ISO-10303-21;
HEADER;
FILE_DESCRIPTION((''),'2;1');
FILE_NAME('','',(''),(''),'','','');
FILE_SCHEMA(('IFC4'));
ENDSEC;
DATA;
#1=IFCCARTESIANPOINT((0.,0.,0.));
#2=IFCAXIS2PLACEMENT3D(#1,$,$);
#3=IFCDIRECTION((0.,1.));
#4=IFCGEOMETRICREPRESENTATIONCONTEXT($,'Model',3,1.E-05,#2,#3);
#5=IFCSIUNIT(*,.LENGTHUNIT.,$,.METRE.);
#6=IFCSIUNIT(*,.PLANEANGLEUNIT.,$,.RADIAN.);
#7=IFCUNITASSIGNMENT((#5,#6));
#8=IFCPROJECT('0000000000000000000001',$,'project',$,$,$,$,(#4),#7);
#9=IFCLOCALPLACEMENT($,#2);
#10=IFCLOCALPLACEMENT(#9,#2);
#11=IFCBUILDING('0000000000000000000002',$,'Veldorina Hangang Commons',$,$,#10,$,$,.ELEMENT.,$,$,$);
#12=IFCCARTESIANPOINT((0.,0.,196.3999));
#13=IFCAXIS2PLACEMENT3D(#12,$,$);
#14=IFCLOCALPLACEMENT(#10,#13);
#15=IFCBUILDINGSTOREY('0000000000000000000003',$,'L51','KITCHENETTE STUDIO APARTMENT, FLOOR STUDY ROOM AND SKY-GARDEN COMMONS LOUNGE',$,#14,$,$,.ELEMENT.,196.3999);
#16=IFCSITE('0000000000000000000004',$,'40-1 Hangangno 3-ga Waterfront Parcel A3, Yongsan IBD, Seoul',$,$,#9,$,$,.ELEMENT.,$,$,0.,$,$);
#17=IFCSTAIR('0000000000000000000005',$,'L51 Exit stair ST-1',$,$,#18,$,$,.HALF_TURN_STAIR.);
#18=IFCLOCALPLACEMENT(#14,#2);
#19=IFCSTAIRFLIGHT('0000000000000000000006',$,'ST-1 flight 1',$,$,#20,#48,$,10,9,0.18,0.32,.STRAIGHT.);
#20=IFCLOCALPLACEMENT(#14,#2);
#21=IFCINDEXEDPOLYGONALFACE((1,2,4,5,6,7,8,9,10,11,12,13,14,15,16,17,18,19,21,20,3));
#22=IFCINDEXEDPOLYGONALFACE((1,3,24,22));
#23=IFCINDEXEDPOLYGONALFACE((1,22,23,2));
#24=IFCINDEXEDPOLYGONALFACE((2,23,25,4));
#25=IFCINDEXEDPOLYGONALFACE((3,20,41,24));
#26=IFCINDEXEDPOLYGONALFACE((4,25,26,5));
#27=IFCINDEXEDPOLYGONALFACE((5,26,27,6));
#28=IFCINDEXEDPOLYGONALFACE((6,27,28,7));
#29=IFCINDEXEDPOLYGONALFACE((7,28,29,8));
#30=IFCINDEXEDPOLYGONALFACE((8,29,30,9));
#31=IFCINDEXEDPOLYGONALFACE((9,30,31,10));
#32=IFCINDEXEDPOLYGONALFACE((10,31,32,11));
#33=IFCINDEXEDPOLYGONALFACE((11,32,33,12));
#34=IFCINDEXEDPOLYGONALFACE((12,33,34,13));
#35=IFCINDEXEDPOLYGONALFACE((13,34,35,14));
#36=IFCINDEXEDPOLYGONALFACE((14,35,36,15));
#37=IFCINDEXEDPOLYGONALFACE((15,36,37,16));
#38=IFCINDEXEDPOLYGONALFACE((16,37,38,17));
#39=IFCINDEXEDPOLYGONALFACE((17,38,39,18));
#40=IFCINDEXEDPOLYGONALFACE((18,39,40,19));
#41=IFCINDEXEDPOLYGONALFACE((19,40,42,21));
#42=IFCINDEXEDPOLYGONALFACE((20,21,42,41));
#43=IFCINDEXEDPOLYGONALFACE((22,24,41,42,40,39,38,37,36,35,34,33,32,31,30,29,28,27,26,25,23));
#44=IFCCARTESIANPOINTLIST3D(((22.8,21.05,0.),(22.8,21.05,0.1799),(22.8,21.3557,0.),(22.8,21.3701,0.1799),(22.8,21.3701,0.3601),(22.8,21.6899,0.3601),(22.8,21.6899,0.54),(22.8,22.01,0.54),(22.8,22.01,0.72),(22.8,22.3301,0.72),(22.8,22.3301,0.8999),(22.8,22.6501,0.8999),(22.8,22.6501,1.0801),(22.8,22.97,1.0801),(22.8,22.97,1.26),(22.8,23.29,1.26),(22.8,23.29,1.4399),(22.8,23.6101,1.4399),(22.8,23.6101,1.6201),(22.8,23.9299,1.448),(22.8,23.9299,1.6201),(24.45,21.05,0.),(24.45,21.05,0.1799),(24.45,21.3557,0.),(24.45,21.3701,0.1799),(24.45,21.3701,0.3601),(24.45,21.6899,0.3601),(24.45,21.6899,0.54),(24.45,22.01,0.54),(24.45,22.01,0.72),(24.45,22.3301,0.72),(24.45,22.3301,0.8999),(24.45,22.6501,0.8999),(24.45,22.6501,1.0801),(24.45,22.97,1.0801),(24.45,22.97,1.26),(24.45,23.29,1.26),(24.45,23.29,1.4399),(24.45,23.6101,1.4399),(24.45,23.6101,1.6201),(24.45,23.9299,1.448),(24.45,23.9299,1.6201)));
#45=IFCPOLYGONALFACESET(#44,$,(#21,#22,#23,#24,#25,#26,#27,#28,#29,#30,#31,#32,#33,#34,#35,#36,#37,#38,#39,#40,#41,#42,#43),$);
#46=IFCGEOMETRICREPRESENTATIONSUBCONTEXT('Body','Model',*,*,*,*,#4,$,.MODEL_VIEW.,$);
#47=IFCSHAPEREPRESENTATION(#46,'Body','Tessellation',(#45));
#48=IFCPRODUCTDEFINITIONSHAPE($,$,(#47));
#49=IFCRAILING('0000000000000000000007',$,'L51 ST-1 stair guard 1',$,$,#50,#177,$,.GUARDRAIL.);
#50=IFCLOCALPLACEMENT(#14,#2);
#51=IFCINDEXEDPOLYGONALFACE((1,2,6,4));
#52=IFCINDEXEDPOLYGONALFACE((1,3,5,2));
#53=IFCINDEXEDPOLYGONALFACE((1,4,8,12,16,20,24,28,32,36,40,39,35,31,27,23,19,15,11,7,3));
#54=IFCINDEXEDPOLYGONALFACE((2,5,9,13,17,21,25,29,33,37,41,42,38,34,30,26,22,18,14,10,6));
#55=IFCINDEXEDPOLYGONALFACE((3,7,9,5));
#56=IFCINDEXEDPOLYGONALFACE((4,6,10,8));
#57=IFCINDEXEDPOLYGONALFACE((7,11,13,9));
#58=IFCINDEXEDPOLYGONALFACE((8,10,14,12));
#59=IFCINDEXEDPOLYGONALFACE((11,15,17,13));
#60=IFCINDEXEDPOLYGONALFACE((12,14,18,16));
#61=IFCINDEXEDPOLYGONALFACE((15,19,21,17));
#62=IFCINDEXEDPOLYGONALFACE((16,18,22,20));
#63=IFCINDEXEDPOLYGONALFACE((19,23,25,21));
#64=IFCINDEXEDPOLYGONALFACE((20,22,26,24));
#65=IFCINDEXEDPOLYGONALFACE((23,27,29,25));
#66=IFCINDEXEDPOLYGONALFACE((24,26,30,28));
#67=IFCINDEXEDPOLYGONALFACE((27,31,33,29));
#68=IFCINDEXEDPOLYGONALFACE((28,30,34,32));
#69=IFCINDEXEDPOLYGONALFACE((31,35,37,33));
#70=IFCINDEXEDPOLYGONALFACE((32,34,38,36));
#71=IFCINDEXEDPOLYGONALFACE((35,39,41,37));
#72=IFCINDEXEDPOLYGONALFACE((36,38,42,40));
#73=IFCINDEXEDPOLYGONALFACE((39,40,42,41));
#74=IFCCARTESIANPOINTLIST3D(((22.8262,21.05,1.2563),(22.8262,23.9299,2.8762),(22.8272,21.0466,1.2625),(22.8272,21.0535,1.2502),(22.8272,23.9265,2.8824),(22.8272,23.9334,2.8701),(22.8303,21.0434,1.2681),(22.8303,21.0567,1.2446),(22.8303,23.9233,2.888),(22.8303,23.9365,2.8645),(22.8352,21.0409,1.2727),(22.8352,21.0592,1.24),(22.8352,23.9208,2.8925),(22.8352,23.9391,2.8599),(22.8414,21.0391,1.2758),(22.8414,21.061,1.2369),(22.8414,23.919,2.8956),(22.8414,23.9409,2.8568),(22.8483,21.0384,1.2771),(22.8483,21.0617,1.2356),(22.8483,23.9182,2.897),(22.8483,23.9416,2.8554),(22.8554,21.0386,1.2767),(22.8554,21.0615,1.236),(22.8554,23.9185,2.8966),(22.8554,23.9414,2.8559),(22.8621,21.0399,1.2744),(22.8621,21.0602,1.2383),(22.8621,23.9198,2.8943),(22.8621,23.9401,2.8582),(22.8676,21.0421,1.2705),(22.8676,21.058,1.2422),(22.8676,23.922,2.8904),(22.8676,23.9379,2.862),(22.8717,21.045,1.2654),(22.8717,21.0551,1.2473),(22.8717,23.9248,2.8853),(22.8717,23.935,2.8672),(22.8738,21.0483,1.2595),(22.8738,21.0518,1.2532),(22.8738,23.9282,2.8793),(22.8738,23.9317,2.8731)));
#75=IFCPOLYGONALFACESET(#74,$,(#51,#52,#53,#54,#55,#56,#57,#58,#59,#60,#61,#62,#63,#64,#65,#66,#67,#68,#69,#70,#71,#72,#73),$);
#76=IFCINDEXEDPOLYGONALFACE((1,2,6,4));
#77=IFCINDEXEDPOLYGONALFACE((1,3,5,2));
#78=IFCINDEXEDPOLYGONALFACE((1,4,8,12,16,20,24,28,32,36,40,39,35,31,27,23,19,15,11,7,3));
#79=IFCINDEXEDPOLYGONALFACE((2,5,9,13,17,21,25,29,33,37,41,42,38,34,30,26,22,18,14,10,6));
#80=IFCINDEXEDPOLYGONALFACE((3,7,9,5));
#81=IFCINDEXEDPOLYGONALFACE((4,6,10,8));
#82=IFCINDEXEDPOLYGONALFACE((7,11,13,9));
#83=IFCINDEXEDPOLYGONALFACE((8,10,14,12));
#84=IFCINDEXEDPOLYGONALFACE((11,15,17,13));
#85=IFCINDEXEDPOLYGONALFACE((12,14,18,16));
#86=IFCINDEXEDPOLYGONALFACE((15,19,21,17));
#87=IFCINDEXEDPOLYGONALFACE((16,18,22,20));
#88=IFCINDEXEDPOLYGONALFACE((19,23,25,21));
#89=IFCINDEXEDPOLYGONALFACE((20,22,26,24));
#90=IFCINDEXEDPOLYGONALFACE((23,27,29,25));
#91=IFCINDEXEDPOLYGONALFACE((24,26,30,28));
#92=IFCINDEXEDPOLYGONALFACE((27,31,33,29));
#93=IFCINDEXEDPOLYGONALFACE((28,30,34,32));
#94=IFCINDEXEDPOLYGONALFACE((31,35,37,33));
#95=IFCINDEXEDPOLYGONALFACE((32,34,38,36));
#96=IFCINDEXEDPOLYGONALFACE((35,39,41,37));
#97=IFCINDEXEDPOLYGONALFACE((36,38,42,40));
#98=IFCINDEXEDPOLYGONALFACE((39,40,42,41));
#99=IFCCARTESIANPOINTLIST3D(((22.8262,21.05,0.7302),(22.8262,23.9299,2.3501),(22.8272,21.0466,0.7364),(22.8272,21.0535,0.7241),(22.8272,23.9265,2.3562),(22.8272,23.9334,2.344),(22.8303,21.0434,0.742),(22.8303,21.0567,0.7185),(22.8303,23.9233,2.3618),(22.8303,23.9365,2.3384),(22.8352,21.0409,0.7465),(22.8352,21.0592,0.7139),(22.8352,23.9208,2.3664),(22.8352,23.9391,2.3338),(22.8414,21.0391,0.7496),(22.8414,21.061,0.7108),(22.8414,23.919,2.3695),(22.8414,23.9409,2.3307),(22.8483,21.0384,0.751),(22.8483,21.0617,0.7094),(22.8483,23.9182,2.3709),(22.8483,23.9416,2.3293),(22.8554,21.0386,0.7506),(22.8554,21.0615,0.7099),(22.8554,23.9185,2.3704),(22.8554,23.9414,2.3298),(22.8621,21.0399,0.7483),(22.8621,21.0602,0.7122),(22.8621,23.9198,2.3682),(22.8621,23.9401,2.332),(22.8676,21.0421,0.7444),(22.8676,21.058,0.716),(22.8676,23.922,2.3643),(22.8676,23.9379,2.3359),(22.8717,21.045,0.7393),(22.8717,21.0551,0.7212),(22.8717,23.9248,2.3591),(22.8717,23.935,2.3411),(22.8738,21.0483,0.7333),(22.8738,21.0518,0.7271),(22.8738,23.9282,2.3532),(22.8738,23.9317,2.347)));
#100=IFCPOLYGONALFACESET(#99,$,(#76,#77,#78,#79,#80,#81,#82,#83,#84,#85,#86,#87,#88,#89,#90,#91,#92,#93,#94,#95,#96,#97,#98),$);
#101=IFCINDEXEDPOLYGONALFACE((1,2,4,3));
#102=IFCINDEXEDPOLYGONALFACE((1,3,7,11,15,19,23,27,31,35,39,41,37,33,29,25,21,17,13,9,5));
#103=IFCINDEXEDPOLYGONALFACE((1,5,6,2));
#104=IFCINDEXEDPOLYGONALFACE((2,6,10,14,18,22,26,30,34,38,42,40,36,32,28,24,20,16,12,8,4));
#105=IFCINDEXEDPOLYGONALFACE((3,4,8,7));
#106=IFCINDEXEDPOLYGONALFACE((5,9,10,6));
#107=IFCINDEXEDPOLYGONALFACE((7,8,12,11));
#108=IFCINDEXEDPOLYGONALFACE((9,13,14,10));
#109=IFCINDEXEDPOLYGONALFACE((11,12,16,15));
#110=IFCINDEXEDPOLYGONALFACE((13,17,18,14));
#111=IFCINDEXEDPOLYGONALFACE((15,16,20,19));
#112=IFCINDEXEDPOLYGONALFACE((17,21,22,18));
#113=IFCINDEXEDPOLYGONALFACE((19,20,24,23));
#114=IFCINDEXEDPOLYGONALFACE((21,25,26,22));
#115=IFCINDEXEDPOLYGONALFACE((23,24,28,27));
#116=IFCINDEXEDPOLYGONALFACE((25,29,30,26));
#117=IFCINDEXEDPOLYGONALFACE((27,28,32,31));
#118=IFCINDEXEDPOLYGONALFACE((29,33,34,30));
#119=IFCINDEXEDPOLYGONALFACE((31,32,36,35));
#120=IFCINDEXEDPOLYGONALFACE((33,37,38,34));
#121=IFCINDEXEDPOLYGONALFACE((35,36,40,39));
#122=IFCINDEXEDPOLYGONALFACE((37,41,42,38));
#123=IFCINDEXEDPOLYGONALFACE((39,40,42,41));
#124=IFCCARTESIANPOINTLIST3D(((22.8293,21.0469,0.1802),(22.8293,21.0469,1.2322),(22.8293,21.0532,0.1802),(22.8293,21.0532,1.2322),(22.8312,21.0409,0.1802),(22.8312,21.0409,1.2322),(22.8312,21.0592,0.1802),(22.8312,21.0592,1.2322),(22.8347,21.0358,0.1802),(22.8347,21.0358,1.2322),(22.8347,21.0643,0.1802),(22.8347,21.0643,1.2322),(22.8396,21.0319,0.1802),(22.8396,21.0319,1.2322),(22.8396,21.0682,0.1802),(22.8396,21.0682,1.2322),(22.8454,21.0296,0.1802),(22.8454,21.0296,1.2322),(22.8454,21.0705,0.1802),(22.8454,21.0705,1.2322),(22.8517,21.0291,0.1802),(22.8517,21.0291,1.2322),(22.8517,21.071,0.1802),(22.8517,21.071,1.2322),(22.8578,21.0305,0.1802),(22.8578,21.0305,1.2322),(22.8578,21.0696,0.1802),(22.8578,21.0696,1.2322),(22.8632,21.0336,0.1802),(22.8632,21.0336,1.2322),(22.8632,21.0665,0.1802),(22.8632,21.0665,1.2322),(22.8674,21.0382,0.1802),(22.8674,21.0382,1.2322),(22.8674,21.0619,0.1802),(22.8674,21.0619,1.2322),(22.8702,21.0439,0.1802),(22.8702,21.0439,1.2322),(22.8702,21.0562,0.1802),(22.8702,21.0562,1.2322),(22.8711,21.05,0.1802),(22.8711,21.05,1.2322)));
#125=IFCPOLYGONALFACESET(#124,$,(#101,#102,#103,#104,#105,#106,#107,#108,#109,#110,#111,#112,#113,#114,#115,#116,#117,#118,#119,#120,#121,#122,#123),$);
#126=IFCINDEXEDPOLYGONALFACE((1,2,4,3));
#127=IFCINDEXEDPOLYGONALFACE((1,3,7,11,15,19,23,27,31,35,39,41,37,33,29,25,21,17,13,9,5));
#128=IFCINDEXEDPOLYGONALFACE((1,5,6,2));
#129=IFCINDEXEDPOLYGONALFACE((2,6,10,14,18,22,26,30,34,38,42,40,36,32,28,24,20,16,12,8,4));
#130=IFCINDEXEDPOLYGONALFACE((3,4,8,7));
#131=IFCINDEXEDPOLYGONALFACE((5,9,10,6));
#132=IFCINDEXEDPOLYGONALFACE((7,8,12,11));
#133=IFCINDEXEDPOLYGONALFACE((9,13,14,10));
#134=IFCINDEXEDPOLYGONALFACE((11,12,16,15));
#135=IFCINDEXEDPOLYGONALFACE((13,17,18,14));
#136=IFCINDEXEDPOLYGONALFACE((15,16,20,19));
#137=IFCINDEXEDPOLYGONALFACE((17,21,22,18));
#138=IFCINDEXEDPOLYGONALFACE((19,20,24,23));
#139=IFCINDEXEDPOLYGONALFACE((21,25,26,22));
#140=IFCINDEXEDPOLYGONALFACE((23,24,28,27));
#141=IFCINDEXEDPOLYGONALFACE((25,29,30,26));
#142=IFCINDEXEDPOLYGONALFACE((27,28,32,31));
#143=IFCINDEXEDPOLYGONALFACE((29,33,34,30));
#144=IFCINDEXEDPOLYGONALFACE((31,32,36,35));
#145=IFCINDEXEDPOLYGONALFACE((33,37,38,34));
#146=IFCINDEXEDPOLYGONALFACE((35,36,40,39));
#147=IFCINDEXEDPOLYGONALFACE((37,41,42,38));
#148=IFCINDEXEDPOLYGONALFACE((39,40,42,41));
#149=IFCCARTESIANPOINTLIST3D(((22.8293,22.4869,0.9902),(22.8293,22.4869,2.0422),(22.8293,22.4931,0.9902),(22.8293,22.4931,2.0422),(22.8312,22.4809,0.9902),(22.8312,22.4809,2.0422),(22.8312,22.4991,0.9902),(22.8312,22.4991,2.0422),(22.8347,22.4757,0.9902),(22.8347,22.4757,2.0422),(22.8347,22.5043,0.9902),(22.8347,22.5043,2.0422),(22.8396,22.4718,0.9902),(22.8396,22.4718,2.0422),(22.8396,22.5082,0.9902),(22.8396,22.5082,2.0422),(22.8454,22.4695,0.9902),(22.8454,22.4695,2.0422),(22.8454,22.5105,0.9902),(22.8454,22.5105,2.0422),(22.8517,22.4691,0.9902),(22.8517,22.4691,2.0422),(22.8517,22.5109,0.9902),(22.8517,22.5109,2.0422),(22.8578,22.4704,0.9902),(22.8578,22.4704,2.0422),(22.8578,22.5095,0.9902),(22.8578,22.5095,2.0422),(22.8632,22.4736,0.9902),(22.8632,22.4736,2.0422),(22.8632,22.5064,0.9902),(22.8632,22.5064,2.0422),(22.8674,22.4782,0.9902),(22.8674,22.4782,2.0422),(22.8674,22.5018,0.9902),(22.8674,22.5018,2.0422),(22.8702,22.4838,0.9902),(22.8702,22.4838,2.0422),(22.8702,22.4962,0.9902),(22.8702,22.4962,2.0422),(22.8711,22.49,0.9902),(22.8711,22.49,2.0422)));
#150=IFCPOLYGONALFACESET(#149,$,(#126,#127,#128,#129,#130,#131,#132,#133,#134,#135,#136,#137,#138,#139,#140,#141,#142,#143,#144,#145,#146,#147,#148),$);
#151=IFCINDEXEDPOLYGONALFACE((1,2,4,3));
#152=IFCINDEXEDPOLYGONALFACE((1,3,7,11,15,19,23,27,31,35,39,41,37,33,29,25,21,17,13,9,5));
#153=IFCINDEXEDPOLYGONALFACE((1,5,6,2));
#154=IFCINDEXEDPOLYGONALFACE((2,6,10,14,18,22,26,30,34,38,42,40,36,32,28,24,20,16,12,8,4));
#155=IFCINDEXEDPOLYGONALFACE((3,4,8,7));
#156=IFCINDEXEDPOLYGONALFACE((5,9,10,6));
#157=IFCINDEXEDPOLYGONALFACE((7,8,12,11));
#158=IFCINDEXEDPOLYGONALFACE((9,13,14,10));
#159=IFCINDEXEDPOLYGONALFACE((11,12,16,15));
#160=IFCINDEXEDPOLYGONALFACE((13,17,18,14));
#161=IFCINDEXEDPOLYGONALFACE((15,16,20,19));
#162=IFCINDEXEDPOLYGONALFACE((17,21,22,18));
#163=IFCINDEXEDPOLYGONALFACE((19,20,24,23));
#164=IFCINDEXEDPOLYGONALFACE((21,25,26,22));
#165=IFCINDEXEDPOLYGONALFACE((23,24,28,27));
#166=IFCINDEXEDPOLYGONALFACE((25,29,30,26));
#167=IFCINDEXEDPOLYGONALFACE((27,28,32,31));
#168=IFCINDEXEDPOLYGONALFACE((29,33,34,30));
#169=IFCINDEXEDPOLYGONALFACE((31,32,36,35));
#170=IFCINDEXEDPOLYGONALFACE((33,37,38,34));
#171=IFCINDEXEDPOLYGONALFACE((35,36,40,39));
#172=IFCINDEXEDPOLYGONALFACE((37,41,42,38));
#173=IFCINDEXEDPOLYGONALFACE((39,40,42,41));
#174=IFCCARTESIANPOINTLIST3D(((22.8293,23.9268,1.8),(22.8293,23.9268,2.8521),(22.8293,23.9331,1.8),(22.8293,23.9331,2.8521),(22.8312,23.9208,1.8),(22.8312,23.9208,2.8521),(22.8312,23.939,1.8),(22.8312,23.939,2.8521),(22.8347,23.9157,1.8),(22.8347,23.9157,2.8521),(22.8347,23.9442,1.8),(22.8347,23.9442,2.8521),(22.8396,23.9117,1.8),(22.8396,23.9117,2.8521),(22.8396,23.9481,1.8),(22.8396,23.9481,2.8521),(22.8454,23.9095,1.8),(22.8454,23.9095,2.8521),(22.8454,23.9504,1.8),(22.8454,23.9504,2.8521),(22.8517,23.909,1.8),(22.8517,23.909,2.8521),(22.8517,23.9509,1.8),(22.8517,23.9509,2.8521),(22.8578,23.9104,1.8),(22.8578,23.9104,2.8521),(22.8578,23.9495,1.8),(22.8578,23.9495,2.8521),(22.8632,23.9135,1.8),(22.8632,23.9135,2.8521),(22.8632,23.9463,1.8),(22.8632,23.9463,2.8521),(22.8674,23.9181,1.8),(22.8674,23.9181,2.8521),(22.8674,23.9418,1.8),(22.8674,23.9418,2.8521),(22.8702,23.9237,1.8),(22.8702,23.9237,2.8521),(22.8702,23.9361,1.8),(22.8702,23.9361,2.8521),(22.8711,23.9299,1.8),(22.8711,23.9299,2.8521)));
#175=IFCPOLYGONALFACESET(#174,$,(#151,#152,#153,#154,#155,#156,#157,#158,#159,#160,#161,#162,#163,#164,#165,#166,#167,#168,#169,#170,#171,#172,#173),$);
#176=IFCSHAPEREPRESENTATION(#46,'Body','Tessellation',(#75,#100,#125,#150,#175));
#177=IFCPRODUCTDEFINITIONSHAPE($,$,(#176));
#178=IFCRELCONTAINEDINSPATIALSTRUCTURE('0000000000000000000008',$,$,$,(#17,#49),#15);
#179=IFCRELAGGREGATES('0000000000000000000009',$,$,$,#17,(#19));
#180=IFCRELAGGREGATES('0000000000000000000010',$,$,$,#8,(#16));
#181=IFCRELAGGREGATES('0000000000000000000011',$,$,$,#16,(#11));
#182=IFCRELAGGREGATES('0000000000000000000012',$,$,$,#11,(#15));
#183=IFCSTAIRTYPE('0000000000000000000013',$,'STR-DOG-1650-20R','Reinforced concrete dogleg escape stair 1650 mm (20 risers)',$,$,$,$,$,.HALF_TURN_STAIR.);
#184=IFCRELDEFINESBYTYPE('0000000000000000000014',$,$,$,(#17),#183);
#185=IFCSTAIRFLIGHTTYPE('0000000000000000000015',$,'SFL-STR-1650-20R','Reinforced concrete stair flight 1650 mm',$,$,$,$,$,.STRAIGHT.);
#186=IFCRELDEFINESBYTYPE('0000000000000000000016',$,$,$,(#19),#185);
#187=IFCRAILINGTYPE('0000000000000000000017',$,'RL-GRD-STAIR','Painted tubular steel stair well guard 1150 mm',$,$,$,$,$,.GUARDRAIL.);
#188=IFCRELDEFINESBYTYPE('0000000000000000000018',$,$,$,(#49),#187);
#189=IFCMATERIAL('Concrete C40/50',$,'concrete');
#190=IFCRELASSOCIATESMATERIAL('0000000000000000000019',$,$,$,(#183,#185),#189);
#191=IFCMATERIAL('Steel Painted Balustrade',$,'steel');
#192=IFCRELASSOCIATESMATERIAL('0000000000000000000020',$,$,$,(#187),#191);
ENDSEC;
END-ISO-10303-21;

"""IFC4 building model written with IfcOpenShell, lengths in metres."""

from ifc_helpers import new_model, si_unit, direction, frame, origin, origin_2d, place, context, subcontext, project, spatial, polyline, circle, outline, extrude, material, type_object, element, aggregate, save


model = new_model("IFC4")

# Units and contexts
model_context = context("Model", 3, precision=1e-05, world=origin(), true_north=direction((0.0, 1.0)))
body_context = subcontext(model_context, "Body", "Model", "MODEL_VIEW")
ifc_project = project(units=[si_unit("LENGTHUNIT", "METRE"), si_unit("PLANEANGLEUNIT", "RADIAN")], contexts=[model_context])

# Site, building, storey
site_placement = place(None, origin())
site = spatial("IfcSite", under=ifc_project, at=site_placement, Name="40-1 Hangangno 3-ga Waterfront Parcel A3, Yongsan IBD, Seoul", CompositionType="ELEMENT", RefElevation=0.0)
building_placement = place(site_placement, origin())
building = spatial("IfcBuilding", under=site, at=building_placement, Name="Veldorina Hangang Commons", CompositionType="ELEMENT")
storey_placement = place(building_placement, frame((0.0, 0.0, 196.3999)))
storey = spatial("IfcBuildingStorey", under=building, at=storey_placement, Name="L51", Description="KITCHENETTE STUDIO APARTMENT, FLOOR STUDY ROOM AND SKY-GARDEN COMMONS LOUNGE", CompositionType="ELEMENT", Elevation=196.3999)

# Stair, stair flight
ifc_material_1 = material(Name="Concrete C40/50", Category="concrete")
stair_type = type_object("IfcStairType", Name="STR-DOG-1650-20R", Description="Reinforced concrete dogleg escape stair 1650 mm (20 risers)", PredefinedType="HALF_TURN_STAIR", material=ifc_material_1)
stair_placement = place(storey_placement, origin())
stair = element("IfcStair", 1, at=stair_placement, inside=storey, type_object=stair_type, Name="L51 Exit stair ST-1", PredefinedType="HALF_TURN_STAIR")
stair_flight_type = type_object("IfcStairFlightType", Name="SFL-STR-1650-20R", Description="Reinforced concrete stair flight 1650 mm", PredefinedType="STRAIGHT", material=ifc_material_1)
stair_flight_placement = place(storey_placement, frame((23.625, 21.05, 0.0), z_axis=(0.0, 0.0, 1.0), x_axis=(0.0, 1.0, 0.0)))
stair_flight = element("IfcStairFlight", 2, at=stair_flight_placement, type_object=stair_flight_type, Name="ST-1 flight 1", NumberOfRisers=10, NumberOfTreads=9, PredefinedType="STRAIGHT", RiserHeight=0.18, TreadLength=0.32, context=body_context, shape_type="SweptSolid", body=[
    extrude(outline(polyline([(0.0, 0.0), (0.0, 0.1799), (0.3201, 0.1799), (0.3201, 0.3601), (0.6399, 0.3601), (0.6399, 0.54), (0.96, 0.54), (0.96, 0.72), (1.28, 0.72), (1.28, 0.8999), (1.6001, 0.8999), (1.6001, 1.0801), (1.9199, 1.0801), (1.9199, 1.26), (2.24, 1.26), (2.24, 1.4399), (2.5601, 1.4399), (2.5601, 1.6201), (2.8799, 1.6201), (2.8799, 1.8), (2.8799, 1.448), (0.3057, 0.0), (0.0, 0.0)])), frame((0.0, 0.825, 0.0), z_axis=(0.0, -1.0, 0.0), x_axis=(1.0, 0.0, 0.0)), (0.0, 0.0, 1.0), 1.6499),
])
aggregate(stair, [stair_flight])

# Railing
ifc_material_2 = material(Name="Steel Painted Balustrade", Category="steel")
railing_type_1 = type_object("IfcRailingType", Name="RL-GRD-STAIR", Description="Painted tubular steel stair well guard 1150 mm", PredefinedType="GUARDRAIL", material=ifc_material_2)
railing_1_placement = place(storey_placement, frame((22.8501, 21.05, 0.1802)))
element("IfcRailing", 3, at=railing_1_placement, inside=storey, type_object=railing_type_1, Name="L51 ST-1 stair guard 1", PredefinedType="GUARDRAIL", context=body_context, shape_type="SweptSolid", body=[
    extrude(circle(Radius=0.0239, at=origin_2d()), frame((0.0, 0.0, 1.0762), z_axis=(0.0, 0.871583, 0.490247), x_axis=(-1.0, 0.0, 0.0)), (0.0, 0.0, 1.0), 3.3042),
    extrude(circle(Radius=0.0239, at=origin_2d()), frame((0.0, 0.0, 0.55), z_axis=(0.0, 0.871583, 0.490247), x_axis=(-1.0, 0.0, 0.0)), (0.0, 0.0, 1.0), 3.3042),
    extrude(circle(Radius=0.021, at=origin_2d()), origin(), (0.0, 0.0, 1.0), 1.052),
    extrude(circle(Radius=0.021, at=origin_2d()), frame((0.0, 1.4399, 0.8101)), (0.0, 0.0, 1.0), 1.052),
    extrude(circle(Radius=0.021, at=origin_2d()), frame((0.0, 2.8799, 1.6199)), (0.0, 0.0, 1.0), 1.052),
])

save(model, "model.ifc")
